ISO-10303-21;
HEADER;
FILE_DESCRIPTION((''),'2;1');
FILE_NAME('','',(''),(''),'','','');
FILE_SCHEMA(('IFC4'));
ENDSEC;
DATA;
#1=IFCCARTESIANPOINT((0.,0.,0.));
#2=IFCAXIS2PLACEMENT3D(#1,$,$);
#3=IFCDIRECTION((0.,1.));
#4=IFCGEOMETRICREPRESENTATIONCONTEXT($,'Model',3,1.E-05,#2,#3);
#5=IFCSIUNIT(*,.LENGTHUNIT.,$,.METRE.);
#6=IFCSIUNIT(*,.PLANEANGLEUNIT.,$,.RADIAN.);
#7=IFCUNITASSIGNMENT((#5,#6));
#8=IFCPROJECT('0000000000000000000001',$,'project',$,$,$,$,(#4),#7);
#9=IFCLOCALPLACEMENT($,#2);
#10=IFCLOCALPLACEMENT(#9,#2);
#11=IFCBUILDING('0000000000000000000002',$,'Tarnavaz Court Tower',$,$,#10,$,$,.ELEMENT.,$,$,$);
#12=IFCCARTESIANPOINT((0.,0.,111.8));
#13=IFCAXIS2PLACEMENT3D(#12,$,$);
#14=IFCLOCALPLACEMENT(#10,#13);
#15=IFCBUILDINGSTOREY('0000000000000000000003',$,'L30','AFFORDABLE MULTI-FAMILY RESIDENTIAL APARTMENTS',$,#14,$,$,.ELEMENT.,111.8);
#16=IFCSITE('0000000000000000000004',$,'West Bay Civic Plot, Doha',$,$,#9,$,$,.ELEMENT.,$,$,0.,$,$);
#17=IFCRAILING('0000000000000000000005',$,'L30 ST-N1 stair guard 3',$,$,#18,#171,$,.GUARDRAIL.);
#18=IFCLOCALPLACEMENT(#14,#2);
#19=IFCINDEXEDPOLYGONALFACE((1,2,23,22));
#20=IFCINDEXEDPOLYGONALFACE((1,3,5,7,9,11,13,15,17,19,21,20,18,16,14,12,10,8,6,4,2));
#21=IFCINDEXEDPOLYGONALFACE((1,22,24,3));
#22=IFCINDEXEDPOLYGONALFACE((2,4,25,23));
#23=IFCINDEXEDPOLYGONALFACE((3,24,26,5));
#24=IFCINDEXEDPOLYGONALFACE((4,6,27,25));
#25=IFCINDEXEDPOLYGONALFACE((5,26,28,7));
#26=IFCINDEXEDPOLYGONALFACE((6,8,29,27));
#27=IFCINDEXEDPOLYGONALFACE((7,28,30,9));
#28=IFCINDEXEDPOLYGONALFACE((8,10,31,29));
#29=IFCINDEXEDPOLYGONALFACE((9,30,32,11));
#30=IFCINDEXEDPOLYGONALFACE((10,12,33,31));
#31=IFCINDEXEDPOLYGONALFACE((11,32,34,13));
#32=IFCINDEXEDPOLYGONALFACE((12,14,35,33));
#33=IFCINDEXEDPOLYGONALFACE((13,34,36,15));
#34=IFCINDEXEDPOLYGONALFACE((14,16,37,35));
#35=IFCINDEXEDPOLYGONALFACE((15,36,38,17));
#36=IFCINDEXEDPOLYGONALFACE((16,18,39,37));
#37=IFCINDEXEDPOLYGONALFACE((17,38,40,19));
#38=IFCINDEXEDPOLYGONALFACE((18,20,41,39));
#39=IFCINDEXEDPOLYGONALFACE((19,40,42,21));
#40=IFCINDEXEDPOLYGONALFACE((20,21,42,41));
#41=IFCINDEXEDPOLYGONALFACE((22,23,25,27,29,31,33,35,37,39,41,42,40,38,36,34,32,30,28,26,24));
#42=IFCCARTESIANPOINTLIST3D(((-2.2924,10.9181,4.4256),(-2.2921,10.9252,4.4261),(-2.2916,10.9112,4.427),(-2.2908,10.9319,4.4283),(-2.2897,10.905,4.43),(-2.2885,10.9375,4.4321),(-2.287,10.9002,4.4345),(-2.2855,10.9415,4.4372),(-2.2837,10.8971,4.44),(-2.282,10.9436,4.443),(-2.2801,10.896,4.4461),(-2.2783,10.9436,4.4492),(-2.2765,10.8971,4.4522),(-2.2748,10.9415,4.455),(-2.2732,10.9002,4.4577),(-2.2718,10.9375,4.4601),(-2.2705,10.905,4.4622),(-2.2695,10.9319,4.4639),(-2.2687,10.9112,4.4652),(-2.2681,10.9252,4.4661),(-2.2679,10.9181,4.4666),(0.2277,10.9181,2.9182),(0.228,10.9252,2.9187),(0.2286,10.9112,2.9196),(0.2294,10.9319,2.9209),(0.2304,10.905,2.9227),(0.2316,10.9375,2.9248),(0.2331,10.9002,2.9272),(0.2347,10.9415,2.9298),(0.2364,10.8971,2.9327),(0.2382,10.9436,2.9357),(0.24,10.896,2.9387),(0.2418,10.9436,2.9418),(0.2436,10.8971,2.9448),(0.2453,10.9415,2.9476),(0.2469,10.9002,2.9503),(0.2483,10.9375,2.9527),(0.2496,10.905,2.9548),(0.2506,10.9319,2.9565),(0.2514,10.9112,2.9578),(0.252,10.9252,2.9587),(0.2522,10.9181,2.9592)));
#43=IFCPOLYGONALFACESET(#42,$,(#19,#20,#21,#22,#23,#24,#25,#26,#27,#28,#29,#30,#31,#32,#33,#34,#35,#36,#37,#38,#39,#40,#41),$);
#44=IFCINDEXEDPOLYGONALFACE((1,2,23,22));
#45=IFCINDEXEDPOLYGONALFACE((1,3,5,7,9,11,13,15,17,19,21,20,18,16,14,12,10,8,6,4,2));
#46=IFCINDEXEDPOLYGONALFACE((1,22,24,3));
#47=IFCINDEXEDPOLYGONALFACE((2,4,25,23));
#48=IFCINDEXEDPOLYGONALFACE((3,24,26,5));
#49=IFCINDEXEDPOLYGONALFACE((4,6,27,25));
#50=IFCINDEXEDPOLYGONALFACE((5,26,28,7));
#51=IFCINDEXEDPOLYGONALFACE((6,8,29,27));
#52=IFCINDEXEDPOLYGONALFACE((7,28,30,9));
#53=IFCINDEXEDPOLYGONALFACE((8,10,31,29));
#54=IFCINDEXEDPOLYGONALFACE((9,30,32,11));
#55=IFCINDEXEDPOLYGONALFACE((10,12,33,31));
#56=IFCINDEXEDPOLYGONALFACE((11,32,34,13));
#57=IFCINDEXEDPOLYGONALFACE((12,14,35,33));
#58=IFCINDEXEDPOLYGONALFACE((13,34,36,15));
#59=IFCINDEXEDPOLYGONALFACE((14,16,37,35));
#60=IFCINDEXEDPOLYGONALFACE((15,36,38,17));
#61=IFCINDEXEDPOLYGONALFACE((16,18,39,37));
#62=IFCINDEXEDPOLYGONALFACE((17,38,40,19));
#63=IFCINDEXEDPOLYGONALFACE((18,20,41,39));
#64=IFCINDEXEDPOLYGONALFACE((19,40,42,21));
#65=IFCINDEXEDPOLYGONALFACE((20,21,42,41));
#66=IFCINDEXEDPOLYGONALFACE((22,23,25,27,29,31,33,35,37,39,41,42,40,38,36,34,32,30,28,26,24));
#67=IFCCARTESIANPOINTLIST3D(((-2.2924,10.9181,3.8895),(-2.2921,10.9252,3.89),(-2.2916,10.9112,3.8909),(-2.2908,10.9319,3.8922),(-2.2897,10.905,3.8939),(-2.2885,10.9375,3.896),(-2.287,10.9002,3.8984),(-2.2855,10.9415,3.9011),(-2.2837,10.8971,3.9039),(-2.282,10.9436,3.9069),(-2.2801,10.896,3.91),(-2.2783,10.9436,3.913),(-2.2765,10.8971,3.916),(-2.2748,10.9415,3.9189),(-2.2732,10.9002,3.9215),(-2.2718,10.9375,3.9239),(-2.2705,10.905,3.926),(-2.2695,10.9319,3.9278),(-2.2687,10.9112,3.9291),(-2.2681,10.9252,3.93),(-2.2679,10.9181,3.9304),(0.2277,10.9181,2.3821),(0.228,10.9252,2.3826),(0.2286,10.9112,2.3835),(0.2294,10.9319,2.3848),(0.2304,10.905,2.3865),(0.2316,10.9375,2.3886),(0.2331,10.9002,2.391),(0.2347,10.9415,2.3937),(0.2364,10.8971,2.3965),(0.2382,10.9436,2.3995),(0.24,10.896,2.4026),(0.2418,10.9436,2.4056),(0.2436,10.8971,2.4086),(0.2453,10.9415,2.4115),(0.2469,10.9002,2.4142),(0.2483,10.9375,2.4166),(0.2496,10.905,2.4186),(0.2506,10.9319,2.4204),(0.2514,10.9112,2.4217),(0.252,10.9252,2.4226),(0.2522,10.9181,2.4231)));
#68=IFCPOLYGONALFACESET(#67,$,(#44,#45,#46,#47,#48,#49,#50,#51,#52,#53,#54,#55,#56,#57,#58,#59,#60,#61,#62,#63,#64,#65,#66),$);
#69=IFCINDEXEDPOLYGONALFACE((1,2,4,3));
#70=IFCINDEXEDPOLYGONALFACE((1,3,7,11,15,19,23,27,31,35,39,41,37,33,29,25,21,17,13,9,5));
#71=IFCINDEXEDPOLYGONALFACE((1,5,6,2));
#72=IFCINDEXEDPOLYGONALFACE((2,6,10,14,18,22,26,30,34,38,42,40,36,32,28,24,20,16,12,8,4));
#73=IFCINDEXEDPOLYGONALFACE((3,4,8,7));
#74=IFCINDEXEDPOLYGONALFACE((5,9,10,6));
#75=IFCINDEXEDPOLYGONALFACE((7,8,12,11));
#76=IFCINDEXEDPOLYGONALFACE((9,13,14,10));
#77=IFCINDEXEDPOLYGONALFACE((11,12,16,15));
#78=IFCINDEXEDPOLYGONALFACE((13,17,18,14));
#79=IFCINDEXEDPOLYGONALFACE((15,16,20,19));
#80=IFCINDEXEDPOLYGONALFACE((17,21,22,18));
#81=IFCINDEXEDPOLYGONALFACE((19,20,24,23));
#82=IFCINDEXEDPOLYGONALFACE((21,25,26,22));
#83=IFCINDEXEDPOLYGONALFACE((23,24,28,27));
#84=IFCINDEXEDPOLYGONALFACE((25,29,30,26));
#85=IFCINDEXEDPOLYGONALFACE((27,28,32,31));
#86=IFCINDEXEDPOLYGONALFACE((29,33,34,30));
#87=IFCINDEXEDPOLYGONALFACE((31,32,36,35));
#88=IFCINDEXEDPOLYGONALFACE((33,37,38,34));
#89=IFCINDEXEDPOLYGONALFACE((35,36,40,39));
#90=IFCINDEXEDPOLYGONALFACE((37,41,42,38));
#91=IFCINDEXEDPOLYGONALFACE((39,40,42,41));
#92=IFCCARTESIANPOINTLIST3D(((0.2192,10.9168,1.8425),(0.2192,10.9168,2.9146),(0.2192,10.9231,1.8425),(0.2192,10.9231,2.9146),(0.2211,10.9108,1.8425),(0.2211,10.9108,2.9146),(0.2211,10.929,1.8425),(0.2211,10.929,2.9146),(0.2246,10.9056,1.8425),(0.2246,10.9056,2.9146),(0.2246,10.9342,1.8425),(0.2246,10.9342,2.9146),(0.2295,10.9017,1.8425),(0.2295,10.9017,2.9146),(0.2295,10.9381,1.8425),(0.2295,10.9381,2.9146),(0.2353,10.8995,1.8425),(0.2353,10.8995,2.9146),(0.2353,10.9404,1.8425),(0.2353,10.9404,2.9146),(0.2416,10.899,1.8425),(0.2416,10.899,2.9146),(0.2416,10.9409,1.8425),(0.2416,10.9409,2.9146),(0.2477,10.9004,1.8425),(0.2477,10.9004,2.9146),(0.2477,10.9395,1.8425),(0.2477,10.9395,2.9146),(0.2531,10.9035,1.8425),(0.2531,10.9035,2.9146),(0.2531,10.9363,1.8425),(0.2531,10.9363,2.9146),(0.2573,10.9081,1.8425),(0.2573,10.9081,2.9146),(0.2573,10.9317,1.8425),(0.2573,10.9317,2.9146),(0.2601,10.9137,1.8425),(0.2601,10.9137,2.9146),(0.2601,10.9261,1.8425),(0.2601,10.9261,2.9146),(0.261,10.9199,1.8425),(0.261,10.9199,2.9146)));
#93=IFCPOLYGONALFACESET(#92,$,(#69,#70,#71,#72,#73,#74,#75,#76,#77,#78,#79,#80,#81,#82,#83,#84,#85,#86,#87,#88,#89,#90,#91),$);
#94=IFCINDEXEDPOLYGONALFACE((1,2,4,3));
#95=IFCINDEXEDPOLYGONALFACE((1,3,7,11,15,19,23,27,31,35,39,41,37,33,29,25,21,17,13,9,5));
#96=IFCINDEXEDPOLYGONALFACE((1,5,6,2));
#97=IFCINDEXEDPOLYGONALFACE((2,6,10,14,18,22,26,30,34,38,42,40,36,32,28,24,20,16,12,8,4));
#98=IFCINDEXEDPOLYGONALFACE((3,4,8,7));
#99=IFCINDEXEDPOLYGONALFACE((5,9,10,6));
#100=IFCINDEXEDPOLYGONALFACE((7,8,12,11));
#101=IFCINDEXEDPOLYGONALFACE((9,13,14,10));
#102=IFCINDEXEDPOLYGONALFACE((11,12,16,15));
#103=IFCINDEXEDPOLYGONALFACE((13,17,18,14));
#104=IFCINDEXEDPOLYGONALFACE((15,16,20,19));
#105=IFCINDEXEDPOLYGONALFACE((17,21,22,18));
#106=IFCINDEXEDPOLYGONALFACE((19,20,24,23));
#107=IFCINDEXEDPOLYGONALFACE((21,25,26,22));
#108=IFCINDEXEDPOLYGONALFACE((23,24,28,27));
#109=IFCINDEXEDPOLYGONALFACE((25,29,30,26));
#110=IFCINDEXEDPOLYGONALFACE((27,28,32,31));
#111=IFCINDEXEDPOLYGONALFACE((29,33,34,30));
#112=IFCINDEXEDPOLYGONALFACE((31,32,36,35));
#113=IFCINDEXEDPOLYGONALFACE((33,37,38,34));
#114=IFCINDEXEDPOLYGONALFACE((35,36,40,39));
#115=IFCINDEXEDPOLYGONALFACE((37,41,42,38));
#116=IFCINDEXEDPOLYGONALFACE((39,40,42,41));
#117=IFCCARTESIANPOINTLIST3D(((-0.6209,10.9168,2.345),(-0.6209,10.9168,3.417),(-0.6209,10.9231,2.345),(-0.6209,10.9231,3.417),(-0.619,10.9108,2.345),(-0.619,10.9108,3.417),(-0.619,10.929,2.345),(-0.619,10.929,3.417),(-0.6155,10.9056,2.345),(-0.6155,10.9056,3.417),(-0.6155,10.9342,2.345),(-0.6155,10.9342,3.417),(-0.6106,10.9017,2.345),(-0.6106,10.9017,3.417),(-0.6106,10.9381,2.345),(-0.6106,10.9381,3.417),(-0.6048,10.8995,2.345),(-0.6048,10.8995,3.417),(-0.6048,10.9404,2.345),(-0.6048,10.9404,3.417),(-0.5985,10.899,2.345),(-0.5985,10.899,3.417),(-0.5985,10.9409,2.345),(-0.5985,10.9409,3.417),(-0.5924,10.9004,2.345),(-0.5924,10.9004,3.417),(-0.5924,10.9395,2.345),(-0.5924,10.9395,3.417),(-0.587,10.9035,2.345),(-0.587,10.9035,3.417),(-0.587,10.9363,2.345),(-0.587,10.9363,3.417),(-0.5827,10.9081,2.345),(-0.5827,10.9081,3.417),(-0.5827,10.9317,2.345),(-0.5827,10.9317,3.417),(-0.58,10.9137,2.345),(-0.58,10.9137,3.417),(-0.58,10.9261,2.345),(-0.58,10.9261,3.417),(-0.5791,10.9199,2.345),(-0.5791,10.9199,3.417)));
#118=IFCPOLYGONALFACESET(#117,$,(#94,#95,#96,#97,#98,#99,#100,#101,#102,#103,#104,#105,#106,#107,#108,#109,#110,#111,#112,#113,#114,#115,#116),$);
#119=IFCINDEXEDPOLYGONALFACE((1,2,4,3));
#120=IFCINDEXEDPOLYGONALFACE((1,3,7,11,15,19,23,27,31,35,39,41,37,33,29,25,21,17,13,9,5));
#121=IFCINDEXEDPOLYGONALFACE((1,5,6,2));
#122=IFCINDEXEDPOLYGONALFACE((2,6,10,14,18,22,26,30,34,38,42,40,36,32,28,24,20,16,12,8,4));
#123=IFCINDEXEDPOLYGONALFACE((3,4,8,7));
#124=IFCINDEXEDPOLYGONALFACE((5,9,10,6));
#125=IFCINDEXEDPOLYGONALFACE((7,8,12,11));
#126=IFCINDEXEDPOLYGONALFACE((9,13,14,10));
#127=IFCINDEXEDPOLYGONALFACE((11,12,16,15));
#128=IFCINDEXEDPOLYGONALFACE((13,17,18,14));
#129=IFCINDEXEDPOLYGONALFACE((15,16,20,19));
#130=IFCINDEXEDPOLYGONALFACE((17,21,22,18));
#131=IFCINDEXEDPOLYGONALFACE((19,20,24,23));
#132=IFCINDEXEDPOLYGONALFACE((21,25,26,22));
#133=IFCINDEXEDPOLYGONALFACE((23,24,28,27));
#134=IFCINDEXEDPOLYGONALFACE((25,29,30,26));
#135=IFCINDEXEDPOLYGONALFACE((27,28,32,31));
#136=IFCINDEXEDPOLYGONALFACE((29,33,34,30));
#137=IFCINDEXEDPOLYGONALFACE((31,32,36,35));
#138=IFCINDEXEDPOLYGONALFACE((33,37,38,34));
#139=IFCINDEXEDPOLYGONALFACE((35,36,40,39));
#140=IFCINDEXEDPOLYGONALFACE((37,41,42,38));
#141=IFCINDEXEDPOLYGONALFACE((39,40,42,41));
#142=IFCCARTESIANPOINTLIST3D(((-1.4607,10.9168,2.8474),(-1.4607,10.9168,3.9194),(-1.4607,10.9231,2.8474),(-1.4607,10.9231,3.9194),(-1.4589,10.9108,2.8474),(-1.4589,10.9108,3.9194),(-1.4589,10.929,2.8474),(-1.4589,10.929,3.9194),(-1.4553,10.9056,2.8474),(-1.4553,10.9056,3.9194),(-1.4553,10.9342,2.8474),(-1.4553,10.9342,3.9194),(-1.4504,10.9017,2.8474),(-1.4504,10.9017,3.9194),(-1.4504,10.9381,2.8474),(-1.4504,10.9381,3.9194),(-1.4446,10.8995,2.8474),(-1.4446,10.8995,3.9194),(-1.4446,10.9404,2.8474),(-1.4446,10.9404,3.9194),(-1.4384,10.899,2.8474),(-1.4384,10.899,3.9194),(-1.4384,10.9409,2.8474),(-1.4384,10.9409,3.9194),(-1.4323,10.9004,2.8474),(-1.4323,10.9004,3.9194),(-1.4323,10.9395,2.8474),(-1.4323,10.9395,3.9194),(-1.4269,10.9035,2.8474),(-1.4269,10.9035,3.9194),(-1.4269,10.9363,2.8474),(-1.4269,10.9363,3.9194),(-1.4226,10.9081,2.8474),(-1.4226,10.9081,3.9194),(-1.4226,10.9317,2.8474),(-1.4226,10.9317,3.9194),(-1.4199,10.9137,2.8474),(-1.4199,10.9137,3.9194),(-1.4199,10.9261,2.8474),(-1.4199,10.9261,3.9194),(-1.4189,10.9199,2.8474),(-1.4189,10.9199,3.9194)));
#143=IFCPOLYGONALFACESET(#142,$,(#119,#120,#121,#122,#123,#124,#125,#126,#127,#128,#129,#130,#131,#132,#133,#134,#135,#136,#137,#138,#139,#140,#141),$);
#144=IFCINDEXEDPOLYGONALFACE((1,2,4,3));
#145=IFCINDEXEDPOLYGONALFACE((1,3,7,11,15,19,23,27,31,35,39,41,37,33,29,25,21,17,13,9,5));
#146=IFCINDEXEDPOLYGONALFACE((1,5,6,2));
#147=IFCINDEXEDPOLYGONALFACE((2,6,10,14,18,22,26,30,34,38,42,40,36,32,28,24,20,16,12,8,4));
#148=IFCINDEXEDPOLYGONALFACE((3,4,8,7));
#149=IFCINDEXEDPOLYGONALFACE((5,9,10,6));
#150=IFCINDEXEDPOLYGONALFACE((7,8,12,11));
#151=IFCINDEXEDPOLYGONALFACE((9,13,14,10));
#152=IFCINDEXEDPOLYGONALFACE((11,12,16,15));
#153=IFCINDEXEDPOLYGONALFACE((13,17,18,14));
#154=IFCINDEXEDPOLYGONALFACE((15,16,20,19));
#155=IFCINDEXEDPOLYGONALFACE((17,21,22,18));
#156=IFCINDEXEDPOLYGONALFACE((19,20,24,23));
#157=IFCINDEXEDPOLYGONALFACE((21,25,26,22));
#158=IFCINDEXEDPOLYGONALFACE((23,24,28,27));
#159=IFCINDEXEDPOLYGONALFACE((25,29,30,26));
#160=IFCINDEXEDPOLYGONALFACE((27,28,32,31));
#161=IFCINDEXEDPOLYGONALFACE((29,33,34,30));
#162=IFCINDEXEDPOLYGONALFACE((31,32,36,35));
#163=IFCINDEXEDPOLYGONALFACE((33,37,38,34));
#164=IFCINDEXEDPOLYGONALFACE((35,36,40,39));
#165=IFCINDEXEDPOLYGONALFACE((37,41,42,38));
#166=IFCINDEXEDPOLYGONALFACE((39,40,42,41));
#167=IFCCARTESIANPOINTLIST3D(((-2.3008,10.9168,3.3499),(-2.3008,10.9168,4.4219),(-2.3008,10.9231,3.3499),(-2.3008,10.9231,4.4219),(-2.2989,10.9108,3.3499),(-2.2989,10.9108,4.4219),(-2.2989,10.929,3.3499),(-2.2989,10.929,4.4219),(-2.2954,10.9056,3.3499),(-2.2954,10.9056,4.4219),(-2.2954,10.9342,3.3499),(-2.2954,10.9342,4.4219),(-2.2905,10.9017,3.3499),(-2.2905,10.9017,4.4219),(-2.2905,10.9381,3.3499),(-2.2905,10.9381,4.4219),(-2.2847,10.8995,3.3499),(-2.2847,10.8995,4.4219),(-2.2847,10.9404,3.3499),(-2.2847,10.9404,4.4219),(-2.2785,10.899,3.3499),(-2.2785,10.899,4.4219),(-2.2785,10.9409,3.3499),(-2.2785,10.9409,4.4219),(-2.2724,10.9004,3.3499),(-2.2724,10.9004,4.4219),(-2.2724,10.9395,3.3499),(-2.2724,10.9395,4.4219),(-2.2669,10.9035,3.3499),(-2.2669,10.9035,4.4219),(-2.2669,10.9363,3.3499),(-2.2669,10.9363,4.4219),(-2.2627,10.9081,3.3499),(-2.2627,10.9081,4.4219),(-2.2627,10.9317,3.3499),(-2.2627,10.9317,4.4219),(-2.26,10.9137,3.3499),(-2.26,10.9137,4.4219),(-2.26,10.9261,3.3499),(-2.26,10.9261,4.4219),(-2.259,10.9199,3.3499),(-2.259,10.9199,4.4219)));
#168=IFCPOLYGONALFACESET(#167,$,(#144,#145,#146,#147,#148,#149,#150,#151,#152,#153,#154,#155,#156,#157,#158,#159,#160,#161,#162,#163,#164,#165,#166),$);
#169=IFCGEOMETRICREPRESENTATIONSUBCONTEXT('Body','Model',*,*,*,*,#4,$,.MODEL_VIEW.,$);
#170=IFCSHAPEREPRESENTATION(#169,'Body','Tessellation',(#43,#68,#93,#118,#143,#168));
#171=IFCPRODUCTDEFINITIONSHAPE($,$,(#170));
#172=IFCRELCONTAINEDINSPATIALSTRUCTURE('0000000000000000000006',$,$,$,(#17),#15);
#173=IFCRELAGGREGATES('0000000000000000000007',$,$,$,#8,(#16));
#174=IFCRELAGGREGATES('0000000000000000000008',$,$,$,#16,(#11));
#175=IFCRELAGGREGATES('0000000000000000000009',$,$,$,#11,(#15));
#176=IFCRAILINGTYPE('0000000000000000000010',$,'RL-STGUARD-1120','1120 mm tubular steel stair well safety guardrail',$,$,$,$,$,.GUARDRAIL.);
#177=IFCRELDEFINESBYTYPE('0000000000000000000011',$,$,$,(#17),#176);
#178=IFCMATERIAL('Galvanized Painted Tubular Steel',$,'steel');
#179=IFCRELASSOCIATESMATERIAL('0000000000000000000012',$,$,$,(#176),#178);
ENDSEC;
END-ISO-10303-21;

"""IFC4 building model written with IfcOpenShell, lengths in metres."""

from ifc_helpers import new_model, si_unit, direction, frame, origin, origin_2d, place, context, subcontext, project, spatial, circle, extrude, material, type_object, element, save


model = new_model("IFC4")

# Units and contexts
model_context = context("Model", 3, precision=1e-05, world=origin(), true_north=direction((0.0, 1.0)))
body_context = subcontext(model_context, "Body", "Model", "MODEL_VIEW")
ifc_project = project(units=[si_unit("LENGTHUNIT", "METRE"), si_unit("PLANEANGLEUNIT", "RADIAN")], contexts=[model_context])

# Site, building, storey
site_placement = place(None, origin())
site = spatial("IfcSite", under=ifc_project, at=site_placement, Name="West Bay Civic Plot, Doha", CompositionType="ELEMENT", RefElevation=0.0)
building_placement = place(site_placement, origin())
building = spatial("IfcBuilding", under=site, at=building_placement, Name="Tarnavaz Court Tower", CompositionType="ELEMENT")
storey_placement = place(building_placement, frame((0.0, 0.0, 111.8)))
storey = spatial("IfcBuildingStorey", under=building, at=storey_placement, Name="L30", Description="AFFORDABLE MULTI-FAMILY RESIDENTIAL APARTMENTS", CompositionType="ELEMENT", Elevation=111.8)

# Railing
ifc_material_1 = material(Name="Galvanized Painted Tubular Steel", Category="steel")
railing_type_1 = type_object("IfcRailingType", Name="RL-STGUARD-1120", Description="1120 mm tubular steel stair well safety guardrail", PredefinedType="GUARDRAIL", material=ifc_material_1)
railing_1_placement = place(storey_placement, frame((0.24, 10.9199, 1.8425)))
element("IfcRailing", 1, at=railing_1_placement, inside=storey, type_object=railing_type_1, Name="L30 ST-N1 stair guard 3", PredefinedType="GUARDRAIL", context=body_context, shape_type="SweptSolid", body=[
    extrude(circle(Radius=0.0239, at=origin_2d()), frame((0.0, 0.0, 1.0962), z_axis=(-0.858196, 0.0, 0.513321), x_axis=(0.0, -1.0, 0.0)), (0.0, 0.0, 1.0), 2.9365),
    extrude(circle(Radius=0.0239, at=origin_2d()), frame((0.0, 0.0, 0.5601), z_axis=(-0.858196, 0.0, 0.513321), x_axis=(0.0, -1.0, 0.0)), (0.0, 0.0, 1.0), 2.9365),
    extrude(circle(Radius=0.021, at=origin_2d()), origin(), (0.0, 0.0, 1.0), 1.072),
    extrude(circle(Radius=0.021, at=origin_2d()), frame((-0.8401, 0.0, 0.5024)), (0.0, 0.0, 1.0), 1.072),
    extrude(circle(Radius=0.021, at=origin_2d()), frame((-1.6799, 0.0, 1.0049)), (0.0, 0.0, 1.0), 1.072),
    extrude(circle(Radius=0.021, at=origin_2d()), frame((-2.52, 0.0, 1.5073)), (0.0, 0.0, 1.0), 1.072),
])

save(model, "model.ifc")
